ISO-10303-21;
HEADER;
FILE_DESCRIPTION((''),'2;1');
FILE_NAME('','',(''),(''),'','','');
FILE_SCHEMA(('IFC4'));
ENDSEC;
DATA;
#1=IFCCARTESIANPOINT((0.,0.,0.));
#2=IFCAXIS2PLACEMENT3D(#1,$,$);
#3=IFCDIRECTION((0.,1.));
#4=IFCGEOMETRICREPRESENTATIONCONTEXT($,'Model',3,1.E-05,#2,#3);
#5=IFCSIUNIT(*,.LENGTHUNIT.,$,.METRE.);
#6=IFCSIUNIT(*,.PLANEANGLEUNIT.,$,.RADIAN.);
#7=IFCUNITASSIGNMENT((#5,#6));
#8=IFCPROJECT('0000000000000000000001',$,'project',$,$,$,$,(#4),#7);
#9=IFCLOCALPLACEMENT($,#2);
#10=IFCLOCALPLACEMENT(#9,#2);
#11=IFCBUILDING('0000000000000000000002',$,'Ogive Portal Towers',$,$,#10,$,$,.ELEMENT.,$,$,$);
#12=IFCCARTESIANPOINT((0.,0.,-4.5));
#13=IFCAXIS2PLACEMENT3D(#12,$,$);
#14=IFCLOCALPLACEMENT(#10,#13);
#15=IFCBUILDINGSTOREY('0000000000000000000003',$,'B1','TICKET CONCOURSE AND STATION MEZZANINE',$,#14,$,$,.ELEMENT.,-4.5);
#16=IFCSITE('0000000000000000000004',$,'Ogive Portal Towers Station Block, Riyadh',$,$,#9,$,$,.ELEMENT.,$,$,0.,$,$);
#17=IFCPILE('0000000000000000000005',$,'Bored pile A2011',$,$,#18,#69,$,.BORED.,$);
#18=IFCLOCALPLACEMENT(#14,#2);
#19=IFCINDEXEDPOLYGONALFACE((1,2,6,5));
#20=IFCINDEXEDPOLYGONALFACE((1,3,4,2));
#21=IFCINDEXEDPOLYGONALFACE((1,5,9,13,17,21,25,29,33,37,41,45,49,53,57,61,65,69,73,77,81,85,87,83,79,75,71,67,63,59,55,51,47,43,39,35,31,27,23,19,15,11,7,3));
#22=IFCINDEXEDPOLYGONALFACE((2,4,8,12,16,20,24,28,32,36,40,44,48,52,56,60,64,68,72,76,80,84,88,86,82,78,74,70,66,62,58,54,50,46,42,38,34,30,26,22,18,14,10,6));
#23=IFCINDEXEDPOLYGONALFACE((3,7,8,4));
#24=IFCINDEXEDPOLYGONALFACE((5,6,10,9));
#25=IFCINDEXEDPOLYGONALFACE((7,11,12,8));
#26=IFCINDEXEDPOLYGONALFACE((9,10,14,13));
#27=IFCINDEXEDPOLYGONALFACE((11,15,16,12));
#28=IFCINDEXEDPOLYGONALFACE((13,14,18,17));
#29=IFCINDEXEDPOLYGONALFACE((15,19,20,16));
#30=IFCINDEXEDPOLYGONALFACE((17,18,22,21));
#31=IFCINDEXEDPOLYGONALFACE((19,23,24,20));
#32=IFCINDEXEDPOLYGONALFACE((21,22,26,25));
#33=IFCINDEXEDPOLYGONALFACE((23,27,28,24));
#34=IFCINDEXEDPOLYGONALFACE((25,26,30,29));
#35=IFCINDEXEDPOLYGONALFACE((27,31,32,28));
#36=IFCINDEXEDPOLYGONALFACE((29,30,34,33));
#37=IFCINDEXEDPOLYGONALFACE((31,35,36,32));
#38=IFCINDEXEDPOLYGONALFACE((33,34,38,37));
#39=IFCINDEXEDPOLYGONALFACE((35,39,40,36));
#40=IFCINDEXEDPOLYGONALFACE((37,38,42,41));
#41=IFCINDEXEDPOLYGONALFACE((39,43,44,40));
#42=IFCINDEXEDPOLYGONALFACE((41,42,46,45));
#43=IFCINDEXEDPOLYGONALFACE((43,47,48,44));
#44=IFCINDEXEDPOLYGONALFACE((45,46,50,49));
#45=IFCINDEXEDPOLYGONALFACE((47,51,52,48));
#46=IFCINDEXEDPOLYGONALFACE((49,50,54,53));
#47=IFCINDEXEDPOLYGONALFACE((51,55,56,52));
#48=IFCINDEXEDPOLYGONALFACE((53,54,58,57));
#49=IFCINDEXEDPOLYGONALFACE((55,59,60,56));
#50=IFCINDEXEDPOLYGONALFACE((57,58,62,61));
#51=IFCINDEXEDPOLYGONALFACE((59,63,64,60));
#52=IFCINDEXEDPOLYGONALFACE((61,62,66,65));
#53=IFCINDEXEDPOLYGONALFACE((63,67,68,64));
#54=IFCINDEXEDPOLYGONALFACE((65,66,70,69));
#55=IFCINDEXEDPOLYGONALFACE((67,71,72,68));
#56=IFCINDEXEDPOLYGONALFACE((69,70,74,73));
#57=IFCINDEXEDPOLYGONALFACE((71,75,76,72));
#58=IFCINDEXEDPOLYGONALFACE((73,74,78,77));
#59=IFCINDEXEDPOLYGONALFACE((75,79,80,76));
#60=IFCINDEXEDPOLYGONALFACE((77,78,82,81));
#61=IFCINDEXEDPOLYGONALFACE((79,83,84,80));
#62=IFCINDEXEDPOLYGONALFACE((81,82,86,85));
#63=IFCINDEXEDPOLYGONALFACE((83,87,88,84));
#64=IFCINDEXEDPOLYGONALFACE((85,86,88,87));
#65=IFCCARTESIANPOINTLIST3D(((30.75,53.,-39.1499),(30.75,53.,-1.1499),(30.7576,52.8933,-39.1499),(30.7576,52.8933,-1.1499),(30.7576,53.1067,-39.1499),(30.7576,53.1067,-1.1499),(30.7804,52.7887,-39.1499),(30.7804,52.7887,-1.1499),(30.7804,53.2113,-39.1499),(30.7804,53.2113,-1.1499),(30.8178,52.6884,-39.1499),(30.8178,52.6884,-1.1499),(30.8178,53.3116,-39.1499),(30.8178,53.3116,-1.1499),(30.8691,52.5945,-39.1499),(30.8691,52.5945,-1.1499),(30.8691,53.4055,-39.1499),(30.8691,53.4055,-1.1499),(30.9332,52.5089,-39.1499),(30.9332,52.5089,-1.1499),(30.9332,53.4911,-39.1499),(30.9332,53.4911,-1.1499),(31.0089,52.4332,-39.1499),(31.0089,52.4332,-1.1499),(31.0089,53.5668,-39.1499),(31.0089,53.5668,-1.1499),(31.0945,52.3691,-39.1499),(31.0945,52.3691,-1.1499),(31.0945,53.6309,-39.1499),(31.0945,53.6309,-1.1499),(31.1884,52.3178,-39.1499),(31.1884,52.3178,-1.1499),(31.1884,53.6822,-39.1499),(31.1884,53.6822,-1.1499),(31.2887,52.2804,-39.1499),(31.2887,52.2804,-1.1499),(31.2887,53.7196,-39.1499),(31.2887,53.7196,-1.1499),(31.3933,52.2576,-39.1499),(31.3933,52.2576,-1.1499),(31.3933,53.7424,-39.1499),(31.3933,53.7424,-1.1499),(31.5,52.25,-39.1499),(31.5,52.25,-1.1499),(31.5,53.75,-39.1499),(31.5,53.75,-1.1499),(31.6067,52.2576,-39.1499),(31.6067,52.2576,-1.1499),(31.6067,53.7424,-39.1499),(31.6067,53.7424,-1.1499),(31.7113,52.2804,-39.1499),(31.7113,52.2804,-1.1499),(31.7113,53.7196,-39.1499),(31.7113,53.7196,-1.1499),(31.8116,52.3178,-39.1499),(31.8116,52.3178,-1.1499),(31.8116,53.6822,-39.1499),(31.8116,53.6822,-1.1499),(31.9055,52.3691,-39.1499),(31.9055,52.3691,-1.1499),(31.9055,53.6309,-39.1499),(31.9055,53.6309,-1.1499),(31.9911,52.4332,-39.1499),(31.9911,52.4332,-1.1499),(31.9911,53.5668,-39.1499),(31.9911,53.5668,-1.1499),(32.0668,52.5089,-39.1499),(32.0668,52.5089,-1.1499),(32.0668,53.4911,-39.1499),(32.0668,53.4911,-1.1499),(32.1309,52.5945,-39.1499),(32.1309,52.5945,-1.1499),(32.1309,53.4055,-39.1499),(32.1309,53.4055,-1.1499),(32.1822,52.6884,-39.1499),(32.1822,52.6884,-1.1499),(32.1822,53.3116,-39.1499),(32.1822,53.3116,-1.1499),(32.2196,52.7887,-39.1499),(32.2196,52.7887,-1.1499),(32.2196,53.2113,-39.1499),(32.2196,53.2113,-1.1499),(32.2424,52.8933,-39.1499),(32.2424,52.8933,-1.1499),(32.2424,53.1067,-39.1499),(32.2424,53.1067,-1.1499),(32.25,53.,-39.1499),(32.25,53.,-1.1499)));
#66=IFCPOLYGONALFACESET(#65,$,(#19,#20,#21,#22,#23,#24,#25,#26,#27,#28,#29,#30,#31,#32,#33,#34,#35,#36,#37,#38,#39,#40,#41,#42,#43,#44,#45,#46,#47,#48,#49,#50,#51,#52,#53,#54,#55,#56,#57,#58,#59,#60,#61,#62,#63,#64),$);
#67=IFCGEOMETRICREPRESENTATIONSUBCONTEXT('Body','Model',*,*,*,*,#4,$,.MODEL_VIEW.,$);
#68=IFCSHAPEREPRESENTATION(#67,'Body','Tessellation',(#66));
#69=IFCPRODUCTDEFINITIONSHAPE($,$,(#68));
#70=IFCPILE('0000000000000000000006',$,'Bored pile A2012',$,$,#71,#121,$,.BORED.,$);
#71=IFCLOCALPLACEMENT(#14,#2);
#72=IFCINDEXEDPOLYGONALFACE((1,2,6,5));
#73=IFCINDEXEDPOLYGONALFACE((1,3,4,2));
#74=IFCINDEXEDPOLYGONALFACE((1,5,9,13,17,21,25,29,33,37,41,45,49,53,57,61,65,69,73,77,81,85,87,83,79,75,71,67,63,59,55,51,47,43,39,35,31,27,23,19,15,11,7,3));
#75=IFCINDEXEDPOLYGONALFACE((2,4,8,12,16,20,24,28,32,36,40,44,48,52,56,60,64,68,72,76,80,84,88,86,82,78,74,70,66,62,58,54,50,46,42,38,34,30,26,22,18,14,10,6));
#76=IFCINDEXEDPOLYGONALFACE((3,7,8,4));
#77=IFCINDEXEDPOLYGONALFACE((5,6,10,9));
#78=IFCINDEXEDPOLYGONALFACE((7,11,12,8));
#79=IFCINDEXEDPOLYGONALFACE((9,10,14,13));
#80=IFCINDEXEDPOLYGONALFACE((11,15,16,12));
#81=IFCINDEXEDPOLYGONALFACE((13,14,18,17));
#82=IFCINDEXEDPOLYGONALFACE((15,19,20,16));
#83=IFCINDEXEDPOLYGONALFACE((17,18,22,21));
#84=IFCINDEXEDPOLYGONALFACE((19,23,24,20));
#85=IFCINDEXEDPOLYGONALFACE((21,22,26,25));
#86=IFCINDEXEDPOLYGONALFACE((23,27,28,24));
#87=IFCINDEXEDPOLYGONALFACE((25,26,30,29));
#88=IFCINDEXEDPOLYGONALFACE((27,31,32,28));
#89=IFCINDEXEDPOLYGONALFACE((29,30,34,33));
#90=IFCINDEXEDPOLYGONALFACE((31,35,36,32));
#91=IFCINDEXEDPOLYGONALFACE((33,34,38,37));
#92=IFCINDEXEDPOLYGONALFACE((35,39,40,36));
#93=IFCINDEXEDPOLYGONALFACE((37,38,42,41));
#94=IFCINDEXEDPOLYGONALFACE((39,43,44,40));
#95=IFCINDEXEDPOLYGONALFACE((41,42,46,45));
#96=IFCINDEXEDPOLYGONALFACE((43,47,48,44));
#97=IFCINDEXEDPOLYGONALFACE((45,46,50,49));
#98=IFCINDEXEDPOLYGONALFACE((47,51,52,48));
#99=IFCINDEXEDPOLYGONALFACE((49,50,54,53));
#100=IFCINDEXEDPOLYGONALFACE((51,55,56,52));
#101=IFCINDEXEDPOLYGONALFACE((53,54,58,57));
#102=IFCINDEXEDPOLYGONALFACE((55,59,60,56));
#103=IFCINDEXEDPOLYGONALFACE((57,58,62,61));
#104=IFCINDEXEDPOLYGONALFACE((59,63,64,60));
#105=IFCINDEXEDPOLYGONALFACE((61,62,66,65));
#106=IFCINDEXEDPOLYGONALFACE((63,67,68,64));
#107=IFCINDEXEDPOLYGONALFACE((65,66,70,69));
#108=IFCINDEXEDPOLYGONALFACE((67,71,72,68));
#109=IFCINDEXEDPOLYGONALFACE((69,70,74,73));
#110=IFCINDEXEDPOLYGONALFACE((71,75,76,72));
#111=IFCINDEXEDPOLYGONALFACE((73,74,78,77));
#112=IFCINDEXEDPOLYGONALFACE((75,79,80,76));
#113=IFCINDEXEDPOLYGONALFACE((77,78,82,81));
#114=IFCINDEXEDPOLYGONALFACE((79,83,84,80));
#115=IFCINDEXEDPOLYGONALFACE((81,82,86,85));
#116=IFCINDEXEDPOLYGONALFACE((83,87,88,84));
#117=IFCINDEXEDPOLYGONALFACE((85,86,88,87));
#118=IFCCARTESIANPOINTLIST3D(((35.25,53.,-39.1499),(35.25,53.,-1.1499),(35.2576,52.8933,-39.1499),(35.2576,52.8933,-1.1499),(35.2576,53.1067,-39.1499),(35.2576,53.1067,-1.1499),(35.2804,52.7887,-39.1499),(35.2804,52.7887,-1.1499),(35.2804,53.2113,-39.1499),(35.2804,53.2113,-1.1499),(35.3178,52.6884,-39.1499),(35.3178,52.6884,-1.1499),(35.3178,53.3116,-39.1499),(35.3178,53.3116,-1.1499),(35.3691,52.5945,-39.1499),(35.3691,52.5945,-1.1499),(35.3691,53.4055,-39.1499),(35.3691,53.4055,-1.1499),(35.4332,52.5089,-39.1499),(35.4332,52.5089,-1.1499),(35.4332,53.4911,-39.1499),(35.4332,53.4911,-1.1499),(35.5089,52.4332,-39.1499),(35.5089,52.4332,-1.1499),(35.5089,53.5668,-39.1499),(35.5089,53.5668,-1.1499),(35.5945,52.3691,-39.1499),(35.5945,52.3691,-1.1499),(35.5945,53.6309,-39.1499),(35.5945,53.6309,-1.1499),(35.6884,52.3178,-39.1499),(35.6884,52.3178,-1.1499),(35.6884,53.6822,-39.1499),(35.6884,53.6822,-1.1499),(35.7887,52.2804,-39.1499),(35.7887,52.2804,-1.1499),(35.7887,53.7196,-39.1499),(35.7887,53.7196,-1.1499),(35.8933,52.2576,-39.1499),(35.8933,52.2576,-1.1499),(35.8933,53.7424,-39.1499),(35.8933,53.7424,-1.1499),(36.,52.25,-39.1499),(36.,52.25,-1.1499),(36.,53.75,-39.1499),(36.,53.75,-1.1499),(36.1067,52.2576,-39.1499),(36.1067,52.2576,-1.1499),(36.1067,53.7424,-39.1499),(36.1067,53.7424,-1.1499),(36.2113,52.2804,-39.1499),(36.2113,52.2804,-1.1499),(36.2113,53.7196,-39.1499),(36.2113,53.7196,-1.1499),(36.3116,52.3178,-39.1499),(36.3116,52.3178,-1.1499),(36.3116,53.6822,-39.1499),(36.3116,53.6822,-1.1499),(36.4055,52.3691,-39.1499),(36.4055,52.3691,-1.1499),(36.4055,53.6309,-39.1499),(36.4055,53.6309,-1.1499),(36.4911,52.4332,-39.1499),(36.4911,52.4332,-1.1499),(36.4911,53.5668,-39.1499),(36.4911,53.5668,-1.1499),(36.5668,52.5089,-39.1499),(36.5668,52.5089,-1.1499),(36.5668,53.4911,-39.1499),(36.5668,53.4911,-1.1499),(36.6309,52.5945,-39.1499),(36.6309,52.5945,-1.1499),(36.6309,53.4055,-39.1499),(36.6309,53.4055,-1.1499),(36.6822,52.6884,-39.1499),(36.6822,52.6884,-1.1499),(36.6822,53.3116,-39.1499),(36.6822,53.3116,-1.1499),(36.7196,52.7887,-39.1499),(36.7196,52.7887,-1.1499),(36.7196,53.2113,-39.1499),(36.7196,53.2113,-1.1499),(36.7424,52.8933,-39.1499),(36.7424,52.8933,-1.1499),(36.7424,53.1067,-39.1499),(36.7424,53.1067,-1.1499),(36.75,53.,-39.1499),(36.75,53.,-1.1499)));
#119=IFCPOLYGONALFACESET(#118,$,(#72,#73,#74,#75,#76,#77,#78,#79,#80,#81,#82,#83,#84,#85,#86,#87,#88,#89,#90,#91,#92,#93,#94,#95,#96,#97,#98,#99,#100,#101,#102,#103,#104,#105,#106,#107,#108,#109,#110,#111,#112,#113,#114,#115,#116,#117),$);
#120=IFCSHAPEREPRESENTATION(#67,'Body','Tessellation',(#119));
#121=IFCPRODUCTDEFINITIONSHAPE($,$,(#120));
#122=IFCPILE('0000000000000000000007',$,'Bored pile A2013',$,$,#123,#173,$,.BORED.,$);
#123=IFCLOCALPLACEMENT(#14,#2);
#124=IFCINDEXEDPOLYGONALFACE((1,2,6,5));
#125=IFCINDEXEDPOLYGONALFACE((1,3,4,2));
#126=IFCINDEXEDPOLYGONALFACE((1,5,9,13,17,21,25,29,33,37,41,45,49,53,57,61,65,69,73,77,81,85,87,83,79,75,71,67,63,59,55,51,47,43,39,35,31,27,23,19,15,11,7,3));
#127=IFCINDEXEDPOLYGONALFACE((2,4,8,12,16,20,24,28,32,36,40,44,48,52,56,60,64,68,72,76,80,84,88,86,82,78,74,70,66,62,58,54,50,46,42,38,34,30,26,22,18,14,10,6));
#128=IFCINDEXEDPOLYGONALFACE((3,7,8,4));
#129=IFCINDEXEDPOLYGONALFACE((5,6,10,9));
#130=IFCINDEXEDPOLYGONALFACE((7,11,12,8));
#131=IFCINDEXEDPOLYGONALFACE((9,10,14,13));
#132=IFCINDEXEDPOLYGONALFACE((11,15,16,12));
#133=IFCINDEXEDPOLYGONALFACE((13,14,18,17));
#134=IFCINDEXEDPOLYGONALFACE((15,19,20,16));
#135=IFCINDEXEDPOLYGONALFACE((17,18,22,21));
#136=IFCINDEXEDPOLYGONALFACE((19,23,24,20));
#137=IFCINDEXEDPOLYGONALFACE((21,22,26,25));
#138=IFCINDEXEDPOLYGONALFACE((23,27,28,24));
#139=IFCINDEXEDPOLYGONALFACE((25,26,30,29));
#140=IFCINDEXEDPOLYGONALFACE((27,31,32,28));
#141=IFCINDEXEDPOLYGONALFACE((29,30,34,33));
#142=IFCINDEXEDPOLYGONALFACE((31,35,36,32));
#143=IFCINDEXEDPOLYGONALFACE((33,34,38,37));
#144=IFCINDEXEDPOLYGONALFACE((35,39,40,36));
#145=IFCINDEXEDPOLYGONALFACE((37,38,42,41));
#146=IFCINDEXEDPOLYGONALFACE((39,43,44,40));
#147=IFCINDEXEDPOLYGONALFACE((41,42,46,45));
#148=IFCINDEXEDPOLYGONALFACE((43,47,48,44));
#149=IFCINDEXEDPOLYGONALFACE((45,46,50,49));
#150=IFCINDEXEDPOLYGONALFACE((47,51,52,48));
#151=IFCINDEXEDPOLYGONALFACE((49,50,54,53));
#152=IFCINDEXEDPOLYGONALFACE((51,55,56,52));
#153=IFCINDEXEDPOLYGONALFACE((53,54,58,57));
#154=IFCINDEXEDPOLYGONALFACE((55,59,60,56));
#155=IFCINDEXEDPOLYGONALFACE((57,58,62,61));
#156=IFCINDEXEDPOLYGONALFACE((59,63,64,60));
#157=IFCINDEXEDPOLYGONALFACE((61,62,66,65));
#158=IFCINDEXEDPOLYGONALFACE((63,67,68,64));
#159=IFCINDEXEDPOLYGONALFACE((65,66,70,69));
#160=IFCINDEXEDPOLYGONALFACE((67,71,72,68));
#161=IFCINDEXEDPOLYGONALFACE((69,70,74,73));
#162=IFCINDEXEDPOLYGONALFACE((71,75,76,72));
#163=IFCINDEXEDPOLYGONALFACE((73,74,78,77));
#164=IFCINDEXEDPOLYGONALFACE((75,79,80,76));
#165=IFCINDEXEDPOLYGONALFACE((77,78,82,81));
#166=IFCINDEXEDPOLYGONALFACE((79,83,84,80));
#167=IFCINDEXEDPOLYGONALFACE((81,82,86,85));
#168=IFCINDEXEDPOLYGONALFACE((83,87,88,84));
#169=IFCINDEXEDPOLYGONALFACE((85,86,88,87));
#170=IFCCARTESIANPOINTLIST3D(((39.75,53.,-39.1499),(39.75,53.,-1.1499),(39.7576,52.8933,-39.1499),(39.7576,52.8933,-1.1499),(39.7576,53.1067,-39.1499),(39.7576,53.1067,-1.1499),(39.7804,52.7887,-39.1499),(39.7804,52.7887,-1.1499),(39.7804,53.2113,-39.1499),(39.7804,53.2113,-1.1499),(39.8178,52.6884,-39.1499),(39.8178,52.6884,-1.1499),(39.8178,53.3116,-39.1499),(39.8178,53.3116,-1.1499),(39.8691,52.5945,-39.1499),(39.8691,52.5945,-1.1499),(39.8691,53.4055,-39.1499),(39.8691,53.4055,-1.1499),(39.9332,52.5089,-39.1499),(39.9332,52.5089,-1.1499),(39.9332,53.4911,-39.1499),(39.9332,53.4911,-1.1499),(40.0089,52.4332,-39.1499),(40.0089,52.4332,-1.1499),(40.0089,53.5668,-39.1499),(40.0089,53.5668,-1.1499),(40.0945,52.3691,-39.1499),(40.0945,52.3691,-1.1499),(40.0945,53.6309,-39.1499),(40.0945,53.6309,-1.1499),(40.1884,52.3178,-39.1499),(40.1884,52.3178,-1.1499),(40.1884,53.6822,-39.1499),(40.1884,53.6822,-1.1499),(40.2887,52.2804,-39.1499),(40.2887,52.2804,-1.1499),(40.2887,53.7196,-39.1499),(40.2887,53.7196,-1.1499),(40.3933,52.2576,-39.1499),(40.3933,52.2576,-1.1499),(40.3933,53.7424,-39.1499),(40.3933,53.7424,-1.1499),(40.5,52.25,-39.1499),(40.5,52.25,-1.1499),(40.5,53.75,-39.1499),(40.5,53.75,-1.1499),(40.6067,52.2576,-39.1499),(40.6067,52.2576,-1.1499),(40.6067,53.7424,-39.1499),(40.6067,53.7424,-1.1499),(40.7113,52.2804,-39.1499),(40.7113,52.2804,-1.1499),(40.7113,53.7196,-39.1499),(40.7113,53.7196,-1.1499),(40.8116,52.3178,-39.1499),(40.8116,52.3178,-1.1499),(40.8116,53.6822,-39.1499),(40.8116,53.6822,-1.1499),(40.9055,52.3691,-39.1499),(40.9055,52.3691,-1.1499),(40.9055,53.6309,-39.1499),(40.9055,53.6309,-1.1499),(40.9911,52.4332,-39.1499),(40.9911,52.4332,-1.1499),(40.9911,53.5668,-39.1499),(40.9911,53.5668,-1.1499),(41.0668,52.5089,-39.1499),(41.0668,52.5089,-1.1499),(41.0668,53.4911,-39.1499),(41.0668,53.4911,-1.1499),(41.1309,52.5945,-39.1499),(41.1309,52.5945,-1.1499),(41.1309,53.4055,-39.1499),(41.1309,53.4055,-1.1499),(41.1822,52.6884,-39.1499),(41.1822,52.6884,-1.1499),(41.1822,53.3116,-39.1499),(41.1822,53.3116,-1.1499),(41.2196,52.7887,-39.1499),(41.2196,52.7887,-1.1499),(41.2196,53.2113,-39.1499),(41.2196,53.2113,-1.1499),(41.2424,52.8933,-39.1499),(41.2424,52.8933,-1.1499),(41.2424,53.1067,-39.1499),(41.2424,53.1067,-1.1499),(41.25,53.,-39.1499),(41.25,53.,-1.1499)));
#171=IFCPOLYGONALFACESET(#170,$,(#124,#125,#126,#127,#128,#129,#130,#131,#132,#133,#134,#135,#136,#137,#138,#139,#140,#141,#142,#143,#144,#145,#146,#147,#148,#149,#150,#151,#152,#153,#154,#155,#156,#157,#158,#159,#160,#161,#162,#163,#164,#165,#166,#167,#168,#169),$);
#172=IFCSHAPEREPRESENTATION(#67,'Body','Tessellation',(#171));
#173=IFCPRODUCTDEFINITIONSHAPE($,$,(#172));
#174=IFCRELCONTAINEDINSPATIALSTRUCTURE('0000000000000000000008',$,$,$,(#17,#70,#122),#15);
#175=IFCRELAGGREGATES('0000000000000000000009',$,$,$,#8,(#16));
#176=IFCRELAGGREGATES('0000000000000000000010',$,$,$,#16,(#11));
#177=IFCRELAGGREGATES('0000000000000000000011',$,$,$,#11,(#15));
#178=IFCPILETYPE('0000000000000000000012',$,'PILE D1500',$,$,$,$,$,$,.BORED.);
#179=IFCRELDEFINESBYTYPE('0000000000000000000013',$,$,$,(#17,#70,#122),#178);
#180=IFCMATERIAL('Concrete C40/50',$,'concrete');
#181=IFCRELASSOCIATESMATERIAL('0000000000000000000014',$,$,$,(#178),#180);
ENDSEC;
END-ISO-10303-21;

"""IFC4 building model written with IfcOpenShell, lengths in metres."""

from ifc_helpers import new_model, si_unit, direction, frame, origin, origin_2d, place, context, subcontext, project, spatial, circle, extrude, material, material_profile, profile_set, type_object, element, save


model = new_model("IFC4")

# Units and contexts
model_context = context("Model", 3, precision=1e-05, world=origin(), true_north=direction((0.0, 1.0)))
body_context = subcontext(model_context, "Body", "Model", "MODEL_VIEW")
ifc_project = project(units=[si_unit("LENGTHUNIT", "METRE"), si_unit("PLANEANGLEUNIT", "RADIAN")], contexts=[model_context])

# Site, building, storey
site_placement = place(None, origin())
site = spatial("IfcSite", under=ifc_project, at=site_placement, Name="Ogive Portal Towers Station Block, Riyadh", CompositionType="ELEMENT", RefElevation=0.0)
building_placement = place(site_placement, origin())
building = spatial("IfcBuilding", under=site, at=building_placement, Name="Ogive Portal Towers", CompositionType="ELEMENT")
storey_placement = place(building_placement, frame((0.0, 0.0, -4.5)))
storey = spatial("IfcBuildingStorey", under=building, at=storey_placement, Name="B1", Description="TICKET CONCOURSE AND STATION MEZZANINE", CompositionType="ELEMENT", Elevation=-4.5)

# Piles
ifc_material_1 = material(Name="Concrete C40/50", Category="concrete")
ifc_material_profile_1 = material_profile(ifc_material_1, circle(Radius=0.75, at=origin_2d()), Name="PILE D1500")
ifc_profile_set_1 = profile_set([ifc_material_profile_1], Name="Concrete C40/50")
pile_type = type_object("IfcPileType", Name="PILE D1500", PredefinedType="BORED", material=ifc_profile_set_1)
for number, where, z_axis, x_axis, name in (
    (1, (31.5, 53.0, -1.1499), (0.0, 0.0, -1.0), (1.0, 0.0, 0.0), "Bored pile A2011"),
    (2, (36.0, 53.0, -1.1499), (0.0, 0.0, -1.0), (1.0, 0.0, 0.0), "Bored pile A2012"),
    (3, (40.5, 53.0, -1.1499), (0.0, 0.0, -1.0), (1.0, 0.0, 0.0), "Bored pile A2013"),
):
    element("IfcPile", number, at=place(storey_placement, frame(where, z_axis=z_axis, x_axis=x_axis)), inside=storey, type_object=pile_type, Name=name, PredefinedType="BORED", context=body_context, shape_type="SweptSolid", body=[
        extrude(circle(Radius=0.75, at=origin_2d()), origin(), (0.0, 0.0, 1.0), 38.0),
    ])

save(model, "model.ifc")
